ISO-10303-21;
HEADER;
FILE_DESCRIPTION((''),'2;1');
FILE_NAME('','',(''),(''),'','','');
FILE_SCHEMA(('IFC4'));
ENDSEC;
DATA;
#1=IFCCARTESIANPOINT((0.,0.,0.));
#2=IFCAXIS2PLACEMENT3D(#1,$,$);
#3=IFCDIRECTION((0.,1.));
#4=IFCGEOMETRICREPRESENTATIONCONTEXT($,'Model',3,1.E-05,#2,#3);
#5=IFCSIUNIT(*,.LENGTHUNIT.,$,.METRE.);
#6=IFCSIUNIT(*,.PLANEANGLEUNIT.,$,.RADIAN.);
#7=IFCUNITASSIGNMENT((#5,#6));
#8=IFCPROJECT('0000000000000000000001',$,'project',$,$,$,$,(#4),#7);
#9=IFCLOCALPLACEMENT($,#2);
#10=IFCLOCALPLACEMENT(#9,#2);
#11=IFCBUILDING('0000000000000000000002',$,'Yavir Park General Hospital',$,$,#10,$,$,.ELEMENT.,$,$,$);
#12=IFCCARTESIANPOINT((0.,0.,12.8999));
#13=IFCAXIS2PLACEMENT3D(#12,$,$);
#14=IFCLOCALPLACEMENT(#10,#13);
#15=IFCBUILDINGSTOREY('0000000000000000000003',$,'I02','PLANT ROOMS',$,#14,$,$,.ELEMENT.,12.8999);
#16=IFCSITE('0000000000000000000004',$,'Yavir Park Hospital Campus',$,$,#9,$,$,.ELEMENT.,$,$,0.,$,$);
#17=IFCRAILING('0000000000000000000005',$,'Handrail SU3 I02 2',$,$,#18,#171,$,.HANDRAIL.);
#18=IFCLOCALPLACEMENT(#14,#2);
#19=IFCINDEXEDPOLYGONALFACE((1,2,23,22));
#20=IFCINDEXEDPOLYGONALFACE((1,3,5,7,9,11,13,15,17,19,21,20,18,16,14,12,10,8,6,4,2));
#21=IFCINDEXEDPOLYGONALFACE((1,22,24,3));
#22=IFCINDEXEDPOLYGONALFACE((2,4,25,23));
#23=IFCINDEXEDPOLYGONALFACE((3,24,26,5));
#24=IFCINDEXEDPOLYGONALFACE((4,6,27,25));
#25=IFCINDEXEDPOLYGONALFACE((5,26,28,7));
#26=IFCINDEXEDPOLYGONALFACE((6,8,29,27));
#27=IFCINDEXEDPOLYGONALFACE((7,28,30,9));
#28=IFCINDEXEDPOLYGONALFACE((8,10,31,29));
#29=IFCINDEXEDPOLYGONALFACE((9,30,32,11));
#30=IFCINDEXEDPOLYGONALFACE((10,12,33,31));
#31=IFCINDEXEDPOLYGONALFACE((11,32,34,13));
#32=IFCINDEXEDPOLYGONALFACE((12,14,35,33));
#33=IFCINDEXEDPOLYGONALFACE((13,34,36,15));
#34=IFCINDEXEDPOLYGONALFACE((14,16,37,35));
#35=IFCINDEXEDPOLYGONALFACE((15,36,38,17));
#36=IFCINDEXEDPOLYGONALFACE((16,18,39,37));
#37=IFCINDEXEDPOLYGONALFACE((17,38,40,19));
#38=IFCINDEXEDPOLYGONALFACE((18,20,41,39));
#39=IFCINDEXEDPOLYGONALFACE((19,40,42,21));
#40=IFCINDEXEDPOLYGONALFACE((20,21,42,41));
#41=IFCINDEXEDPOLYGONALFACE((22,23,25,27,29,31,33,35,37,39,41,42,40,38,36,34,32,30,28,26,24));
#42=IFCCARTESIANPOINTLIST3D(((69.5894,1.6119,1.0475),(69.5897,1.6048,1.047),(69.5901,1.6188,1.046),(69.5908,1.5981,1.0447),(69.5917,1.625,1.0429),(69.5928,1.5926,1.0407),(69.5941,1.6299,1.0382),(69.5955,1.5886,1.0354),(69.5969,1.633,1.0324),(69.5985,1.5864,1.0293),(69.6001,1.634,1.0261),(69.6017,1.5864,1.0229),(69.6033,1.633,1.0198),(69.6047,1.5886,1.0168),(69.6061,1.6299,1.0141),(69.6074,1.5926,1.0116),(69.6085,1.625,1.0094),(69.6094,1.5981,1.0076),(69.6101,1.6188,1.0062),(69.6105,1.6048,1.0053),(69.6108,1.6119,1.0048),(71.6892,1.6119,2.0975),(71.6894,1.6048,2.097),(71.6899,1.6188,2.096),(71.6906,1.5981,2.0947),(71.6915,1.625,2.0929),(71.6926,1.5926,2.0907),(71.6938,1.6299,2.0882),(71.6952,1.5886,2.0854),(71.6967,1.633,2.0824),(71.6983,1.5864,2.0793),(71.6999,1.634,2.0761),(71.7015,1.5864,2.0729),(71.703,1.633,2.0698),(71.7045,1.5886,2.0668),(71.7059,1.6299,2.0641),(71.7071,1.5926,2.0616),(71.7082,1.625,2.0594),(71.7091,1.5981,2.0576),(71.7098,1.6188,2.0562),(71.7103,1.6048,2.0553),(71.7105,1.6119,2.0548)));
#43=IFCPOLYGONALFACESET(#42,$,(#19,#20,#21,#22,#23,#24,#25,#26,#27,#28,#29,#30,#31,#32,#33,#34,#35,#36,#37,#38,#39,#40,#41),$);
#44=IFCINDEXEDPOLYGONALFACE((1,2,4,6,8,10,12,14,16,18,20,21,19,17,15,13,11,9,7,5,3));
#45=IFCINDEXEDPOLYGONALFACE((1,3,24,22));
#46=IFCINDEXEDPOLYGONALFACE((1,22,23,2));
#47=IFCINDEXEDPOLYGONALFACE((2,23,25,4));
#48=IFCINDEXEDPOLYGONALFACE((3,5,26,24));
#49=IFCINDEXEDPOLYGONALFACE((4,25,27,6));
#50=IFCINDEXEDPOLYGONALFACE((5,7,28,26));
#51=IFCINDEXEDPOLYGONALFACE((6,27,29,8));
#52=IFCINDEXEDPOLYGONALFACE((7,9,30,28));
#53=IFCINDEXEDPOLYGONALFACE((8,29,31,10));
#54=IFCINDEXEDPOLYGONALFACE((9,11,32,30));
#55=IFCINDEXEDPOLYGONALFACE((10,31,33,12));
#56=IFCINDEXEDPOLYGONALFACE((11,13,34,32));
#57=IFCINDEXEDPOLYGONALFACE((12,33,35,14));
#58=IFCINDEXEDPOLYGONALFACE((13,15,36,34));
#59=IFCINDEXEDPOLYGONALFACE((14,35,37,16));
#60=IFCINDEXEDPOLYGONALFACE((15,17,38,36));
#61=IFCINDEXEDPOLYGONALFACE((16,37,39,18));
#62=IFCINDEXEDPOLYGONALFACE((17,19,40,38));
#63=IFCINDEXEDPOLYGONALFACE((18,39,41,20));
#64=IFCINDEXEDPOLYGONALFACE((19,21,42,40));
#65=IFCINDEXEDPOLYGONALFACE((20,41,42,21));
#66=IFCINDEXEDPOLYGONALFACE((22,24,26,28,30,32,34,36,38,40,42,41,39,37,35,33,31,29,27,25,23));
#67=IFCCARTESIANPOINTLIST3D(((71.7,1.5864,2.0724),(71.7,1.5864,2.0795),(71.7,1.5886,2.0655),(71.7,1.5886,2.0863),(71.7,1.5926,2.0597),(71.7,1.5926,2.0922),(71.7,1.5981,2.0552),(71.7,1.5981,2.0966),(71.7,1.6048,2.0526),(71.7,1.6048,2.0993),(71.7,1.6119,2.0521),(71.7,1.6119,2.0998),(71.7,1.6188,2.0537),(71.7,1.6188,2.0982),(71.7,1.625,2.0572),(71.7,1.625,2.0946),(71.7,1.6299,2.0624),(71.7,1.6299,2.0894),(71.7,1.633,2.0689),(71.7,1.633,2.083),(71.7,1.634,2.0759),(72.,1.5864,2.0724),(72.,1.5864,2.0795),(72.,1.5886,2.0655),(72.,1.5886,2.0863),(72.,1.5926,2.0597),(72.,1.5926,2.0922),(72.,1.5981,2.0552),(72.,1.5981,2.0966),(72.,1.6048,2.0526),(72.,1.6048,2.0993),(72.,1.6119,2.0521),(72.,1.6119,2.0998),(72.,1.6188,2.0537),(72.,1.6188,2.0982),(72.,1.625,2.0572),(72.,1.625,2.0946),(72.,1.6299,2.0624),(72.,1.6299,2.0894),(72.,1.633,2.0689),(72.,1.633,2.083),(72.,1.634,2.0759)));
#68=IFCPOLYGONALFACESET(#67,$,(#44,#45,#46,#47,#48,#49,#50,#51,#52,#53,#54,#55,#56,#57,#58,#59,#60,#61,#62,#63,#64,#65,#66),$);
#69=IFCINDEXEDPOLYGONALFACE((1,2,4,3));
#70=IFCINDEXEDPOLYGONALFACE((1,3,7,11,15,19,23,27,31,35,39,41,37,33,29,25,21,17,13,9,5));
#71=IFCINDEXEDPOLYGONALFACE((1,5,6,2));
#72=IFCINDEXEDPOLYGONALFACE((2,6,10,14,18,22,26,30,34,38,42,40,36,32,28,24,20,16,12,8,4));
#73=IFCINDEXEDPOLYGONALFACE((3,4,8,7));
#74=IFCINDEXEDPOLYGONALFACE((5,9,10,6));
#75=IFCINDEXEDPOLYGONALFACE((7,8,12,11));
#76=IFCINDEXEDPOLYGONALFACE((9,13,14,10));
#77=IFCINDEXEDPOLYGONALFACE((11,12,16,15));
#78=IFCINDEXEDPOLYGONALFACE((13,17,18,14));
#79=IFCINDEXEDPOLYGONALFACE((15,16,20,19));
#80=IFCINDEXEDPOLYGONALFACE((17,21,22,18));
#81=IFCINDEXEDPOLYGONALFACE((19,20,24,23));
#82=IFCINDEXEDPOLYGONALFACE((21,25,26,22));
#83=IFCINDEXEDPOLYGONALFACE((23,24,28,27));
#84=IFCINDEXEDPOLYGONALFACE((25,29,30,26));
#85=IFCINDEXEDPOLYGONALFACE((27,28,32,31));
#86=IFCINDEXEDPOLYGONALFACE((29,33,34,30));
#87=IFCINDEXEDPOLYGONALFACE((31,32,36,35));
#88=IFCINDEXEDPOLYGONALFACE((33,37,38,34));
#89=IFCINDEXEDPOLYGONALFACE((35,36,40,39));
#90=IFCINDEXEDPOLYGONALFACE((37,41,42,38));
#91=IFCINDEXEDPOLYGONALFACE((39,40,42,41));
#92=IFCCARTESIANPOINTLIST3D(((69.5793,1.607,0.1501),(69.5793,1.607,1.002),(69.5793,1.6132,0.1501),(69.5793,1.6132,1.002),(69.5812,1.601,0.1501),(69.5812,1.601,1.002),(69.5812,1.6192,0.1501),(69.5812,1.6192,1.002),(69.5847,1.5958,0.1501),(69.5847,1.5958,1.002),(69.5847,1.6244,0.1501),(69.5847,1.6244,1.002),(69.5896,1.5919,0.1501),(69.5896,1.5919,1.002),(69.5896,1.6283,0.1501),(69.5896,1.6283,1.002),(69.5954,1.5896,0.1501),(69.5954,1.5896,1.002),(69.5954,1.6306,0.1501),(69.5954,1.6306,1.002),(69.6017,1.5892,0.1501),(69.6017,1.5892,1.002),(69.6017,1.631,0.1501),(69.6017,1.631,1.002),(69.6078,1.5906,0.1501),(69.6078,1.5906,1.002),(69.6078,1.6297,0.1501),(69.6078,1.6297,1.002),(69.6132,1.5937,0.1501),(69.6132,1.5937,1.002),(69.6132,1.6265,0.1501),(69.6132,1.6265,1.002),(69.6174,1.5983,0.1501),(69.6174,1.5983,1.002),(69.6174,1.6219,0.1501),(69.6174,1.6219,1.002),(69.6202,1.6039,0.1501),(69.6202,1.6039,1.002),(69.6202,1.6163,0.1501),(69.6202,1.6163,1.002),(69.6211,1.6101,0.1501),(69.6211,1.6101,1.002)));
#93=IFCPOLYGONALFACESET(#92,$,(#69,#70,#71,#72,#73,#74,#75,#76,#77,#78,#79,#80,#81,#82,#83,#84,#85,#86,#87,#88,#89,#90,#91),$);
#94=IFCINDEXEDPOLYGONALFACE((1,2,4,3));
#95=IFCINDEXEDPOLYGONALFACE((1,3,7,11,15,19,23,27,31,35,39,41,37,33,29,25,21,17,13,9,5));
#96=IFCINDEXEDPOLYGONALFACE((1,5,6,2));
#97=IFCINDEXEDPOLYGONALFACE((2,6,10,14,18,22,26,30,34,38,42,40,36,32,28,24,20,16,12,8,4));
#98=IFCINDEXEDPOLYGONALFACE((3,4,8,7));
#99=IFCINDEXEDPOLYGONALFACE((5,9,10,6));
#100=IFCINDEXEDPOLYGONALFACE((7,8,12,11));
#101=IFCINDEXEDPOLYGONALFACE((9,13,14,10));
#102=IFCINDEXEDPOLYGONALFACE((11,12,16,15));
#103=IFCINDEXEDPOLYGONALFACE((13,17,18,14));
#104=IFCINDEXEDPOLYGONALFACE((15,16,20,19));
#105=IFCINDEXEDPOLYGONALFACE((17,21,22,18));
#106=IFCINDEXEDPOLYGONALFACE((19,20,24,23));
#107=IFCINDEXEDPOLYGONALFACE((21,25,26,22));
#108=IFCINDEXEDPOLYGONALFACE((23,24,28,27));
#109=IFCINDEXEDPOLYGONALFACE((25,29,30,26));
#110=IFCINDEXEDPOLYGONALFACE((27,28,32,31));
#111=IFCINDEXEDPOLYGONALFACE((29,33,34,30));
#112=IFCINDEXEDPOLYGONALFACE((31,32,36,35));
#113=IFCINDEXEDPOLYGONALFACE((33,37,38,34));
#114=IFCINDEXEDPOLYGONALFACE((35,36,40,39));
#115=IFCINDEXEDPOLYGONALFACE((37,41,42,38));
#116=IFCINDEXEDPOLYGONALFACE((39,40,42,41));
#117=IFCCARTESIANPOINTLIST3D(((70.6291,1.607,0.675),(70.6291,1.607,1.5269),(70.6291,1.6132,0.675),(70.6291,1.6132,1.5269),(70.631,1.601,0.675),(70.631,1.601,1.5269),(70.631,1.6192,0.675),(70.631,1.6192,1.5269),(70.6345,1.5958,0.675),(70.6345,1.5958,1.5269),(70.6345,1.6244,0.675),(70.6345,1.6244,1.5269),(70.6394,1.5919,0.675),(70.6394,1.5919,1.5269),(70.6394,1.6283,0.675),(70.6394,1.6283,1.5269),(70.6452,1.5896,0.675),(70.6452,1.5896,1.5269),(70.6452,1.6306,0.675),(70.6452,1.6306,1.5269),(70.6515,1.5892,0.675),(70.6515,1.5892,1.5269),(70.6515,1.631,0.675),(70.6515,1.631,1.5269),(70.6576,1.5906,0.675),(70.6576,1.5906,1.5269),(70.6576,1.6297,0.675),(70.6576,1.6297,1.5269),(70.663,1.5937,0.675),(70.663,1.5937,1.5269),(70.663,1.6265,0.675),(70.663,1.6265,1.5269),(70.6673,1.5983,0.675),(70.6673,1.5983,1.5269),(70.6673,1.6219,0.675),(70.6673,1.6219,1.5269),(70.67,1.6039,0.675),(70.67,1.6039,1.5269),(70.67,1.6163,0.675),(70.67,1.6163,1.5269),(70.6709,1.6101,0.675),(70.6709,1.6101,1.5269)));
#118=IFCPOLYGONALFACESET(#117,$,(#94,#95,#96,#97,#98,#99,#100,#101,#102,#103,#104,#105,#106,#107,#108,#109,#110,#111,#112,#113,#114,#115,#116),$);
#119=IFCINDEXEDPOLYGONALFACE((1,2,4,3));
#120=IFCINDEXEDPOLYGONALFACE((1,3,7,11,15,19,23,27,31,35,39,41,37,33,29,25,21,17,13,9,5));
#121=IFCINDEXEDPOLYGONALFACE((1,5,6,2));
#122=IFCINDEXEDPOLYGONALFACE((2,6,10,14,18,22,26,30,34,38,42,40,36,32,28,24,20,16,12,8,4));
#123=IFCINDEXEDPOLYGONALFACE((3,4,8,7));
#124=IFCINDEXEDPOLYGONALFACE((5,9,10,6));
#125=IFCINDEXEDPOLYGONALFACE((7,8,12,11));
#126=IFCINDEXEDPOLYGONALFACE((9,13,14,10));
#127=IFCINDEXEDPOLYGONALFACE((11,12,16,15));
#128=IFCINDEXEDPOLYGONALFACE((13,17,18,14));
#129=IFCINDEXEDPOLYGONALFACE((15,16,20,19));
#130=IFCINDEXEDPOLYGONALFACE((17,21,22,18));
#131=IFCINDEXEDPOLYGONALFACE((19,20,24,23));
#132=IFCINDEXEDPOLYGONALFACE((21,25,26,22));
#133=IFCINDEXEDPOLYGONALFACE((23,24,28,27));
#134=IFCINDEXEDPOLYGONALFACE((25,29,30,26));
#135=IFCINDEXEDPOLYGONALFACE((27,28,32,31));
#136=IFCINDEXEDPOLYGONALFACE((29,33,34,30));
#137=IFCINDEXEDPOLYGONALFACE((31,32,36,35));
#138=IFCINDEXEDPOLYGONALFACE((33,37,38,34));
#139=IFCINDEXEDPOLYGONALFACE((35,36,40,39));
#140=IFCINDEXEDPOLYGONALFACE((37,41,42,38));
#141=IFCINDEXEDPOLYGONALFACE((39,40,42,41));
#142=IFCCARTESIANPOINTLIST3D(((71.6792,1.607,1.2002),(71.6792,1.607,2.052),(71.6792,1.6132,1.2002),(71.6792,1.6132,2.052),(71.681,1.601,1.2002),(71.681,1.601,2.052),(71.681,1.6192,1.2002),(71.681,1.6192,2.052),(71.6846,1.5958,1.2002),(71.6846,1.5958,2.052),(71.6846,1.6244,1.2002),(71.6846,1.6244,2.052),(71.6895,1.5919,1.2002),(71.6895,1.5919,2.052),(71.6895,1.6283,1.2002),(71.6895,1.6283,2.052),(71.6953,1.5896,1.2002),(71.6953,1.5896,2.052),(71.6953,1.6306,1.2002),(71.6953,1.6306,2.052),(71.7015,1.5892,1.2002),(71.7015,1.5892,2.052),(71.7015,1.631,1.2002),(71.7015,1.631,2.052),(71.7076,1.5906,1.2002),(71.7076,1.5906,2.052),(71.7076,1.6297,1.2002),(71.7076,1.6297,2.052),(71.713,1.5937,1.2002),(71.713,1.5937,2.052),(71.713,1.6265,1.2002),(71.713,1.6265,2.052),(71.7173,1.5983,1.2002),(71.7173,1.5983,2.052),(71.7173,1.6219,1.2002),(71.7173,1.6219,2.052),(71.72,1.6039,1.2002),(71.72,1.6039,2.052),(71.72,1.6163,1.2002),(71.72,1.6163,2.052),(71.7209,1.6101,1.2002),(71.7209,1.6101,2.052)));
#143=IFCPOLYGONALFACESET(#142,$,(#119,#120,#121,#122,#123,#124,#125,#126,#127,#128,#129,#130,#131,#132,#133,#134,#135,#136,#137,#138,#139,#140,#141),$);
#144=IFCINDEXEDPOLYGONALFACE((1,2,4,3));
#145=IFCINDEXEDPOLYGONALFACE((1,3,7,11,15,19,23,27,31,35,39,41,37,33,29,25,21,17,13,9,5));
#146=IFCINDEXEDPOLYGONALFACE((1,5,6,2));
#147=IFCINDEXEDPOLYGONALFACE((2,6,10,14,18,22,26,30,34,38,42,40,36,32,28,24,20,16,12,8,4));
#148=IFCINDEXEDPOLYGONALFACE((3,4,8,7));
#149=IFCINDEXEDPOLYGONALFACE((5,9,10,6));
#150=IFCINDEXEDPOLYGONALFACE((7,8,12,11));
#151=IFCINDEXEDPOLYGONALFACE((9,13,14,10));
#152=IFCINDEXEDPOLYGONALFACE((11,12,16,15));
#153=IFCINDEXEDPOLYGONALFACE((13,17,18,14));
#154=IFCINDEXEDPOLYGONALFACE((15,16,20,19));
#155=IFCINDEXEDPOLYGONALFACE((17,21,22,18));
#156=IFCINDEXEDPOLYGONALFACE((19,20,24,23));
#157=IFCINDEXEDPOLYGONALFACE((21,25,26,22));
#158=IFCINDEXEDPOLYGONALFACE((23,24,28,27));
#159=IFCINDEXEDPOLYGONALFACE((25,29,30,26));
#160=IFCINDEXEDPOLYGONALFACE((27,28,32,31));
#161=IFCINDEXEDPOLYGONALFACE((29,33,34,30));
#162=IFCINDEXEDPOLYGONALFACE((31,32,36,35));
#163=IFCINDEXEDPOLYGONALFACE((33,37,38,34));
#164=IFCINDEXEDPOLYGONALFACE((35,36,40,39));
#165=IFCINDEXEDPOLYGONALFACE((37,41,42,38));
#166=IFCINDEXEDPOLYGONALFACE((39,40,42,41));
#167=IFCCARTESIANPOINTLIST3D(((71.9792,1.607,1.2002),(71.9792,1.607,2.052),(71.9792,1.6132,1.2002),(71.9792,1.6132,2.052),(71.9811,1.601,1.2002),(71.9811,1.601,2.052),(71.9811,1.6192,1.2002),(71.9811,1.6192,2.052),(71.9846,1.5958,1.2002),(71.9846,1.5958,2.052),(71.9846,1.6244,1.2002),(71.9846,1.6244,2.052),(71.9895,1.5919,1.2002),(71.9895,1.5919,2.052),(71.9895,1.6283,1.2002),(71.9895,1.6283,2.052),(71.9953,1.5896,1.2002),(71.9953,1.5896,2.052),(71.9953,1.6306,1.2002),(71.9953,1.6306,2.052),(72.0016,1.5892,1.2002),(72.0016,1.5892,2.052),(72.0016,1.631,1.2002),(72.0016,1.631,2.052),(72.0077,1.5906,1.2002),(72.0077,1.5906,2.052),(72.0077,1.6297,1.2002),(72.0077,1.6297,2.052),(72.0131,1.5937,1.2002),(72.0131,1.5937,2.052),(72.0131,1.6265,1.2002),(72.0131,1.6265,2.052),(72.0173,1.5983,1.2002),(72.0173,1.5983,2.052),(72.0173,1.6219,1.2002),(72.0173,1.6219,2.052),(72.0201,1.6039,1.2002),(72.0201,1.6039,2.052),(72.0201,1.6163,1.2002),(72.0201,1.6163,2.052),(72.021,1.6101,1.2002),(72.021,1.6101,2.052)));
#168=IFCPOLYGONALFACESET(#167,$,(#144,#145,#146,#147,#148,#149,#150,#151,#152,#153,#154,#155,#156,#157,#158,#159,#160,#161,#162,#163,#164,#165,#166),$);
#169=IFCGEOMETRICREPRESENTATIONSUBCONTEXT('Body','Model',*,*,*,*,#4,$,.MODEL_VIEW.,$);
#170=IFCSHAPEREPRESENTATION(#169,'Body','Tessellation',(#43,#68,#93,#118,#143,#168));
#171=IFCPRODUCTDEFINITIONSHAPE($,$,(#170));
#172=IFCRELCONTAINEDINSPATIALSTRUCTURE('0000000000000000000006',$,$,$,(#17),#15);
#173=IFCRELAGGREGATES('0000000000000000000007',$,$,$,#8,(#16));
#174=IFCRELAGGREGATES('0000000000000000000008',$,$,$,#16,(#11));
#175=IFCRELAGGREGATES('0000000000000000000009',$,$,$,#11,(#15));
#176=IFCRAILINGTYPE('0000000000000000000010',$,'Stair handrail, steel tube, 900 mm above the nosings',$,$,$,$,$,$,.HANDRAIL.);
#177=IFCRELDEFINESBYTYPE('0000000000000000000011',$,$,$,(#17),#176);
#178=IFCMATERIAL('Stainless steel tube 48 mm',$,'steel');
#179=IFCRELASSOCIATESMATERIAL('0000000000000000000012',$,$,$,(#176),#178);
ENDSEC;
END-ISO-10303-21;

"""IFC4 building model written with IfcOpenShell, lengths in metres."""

from ifc_helpers import new_model, si_unit, direction, frame, origin, origin_2d, place, context, subcontext, project, spatial, circle, extrude, material, type_object, element, save


model = new_model("IFC4")

# Units and contexts
model_context = context("Model", 3, precision=1e-05, world=origin(), true_north=direction((0.0, 1.0)))
body_context = subcontext(model_context, "Body", "Model", "MODEL_VIEW")
ifc_project = project(units=[si_unit("LENGTHUNIT", "METRE"), si_unit("PLANEANGLEUNIT", "RADIAN")], contexts=[model_context])

# Site, building, storey
site_placement = place(None, origin())
site = spatial("IfcSite", under=ifc_project, at=site_placement, Name="Yavir Park Hospital Campus", CompositionType="ELEMENT", RefElevation=0.0)
building_placement = place(site_placement, origin())
building = spatial("IfcBuilding", under=site, at=building_placement, Name="Yavir Park General Hospital", CompositionType="ELEMENT")
storey_placement = place(building_placement, frame((0.0, 0.0, 12.8999)))
storey = spatial("IfcBuildingStorey", under=building, at=storey_placement, Name="I02", Description="PLANT ROOMS", CompositionType="ELEMENT", Elevation=12.8999)

# Railing
ifc_material_1 = material(Name="Stainless steel tube 48 mm", Category="steel")
railing_type_1 = type_object("IfcRailingType", Name="Stair handrail, steel tube, 900 mm above the nosings", PredefinedType="HANDRAIL", material=ifc_material_1)
for number, where, name in (
    (1, (69.6001, 1.6101, 0.1501), "Handrail SU3 I02 2"),
):
    element("IfcRailing", number, at=place(storey_placement, frame(where)), inside=storey, type_object=railing_type_1, Name=name, PredefinedType="HANDRAIL", context=body_context, shape_type="SweptSolid", body=[
        extrude(circle(Radius=0.0239, at=origin_2d()), frame((0.0, 0.0, 0.876), z_axis=(0.894406, 0.0, 0.447255), x_axis=(0.0, 1.0, 0.0)), (0.0, 0.0, 1.0), 2.3477),
        extrude(circle(Radius=0.0239, at=origin_2d()), frame((2.0999, 0.0, 1.9258), z_axis=(1.0, 0.0, 0.0), x_axis=(0.0, 1.0, 0.0)), (0.0, 0.0, 1.0), 0.3),
        extrude(circle(Radius=0.021, at=origin_2d()), origin(), (0.0, 0.0, 1.0), 0.8518),
        extrude(circle(Radius=0.021, at=origin_2d()), frame((1.0498, 0.0, 0.5249)), (0.0, 0.0, 1.0), 0.8518),
        extrude(circle(Radius=0.021, at=origin_2d()), frame((2.0999, 0.0, 1.05)), (0.0, 0.0, 1.0), 0.8518),
        extrude(circle(Radius=0.021, at=origin_2d()), frame((2.3999, 0.0, 1.05)), (0.0, 0.0, 1.0), 0.8518),
    ])

save(model, "model.ifc")
